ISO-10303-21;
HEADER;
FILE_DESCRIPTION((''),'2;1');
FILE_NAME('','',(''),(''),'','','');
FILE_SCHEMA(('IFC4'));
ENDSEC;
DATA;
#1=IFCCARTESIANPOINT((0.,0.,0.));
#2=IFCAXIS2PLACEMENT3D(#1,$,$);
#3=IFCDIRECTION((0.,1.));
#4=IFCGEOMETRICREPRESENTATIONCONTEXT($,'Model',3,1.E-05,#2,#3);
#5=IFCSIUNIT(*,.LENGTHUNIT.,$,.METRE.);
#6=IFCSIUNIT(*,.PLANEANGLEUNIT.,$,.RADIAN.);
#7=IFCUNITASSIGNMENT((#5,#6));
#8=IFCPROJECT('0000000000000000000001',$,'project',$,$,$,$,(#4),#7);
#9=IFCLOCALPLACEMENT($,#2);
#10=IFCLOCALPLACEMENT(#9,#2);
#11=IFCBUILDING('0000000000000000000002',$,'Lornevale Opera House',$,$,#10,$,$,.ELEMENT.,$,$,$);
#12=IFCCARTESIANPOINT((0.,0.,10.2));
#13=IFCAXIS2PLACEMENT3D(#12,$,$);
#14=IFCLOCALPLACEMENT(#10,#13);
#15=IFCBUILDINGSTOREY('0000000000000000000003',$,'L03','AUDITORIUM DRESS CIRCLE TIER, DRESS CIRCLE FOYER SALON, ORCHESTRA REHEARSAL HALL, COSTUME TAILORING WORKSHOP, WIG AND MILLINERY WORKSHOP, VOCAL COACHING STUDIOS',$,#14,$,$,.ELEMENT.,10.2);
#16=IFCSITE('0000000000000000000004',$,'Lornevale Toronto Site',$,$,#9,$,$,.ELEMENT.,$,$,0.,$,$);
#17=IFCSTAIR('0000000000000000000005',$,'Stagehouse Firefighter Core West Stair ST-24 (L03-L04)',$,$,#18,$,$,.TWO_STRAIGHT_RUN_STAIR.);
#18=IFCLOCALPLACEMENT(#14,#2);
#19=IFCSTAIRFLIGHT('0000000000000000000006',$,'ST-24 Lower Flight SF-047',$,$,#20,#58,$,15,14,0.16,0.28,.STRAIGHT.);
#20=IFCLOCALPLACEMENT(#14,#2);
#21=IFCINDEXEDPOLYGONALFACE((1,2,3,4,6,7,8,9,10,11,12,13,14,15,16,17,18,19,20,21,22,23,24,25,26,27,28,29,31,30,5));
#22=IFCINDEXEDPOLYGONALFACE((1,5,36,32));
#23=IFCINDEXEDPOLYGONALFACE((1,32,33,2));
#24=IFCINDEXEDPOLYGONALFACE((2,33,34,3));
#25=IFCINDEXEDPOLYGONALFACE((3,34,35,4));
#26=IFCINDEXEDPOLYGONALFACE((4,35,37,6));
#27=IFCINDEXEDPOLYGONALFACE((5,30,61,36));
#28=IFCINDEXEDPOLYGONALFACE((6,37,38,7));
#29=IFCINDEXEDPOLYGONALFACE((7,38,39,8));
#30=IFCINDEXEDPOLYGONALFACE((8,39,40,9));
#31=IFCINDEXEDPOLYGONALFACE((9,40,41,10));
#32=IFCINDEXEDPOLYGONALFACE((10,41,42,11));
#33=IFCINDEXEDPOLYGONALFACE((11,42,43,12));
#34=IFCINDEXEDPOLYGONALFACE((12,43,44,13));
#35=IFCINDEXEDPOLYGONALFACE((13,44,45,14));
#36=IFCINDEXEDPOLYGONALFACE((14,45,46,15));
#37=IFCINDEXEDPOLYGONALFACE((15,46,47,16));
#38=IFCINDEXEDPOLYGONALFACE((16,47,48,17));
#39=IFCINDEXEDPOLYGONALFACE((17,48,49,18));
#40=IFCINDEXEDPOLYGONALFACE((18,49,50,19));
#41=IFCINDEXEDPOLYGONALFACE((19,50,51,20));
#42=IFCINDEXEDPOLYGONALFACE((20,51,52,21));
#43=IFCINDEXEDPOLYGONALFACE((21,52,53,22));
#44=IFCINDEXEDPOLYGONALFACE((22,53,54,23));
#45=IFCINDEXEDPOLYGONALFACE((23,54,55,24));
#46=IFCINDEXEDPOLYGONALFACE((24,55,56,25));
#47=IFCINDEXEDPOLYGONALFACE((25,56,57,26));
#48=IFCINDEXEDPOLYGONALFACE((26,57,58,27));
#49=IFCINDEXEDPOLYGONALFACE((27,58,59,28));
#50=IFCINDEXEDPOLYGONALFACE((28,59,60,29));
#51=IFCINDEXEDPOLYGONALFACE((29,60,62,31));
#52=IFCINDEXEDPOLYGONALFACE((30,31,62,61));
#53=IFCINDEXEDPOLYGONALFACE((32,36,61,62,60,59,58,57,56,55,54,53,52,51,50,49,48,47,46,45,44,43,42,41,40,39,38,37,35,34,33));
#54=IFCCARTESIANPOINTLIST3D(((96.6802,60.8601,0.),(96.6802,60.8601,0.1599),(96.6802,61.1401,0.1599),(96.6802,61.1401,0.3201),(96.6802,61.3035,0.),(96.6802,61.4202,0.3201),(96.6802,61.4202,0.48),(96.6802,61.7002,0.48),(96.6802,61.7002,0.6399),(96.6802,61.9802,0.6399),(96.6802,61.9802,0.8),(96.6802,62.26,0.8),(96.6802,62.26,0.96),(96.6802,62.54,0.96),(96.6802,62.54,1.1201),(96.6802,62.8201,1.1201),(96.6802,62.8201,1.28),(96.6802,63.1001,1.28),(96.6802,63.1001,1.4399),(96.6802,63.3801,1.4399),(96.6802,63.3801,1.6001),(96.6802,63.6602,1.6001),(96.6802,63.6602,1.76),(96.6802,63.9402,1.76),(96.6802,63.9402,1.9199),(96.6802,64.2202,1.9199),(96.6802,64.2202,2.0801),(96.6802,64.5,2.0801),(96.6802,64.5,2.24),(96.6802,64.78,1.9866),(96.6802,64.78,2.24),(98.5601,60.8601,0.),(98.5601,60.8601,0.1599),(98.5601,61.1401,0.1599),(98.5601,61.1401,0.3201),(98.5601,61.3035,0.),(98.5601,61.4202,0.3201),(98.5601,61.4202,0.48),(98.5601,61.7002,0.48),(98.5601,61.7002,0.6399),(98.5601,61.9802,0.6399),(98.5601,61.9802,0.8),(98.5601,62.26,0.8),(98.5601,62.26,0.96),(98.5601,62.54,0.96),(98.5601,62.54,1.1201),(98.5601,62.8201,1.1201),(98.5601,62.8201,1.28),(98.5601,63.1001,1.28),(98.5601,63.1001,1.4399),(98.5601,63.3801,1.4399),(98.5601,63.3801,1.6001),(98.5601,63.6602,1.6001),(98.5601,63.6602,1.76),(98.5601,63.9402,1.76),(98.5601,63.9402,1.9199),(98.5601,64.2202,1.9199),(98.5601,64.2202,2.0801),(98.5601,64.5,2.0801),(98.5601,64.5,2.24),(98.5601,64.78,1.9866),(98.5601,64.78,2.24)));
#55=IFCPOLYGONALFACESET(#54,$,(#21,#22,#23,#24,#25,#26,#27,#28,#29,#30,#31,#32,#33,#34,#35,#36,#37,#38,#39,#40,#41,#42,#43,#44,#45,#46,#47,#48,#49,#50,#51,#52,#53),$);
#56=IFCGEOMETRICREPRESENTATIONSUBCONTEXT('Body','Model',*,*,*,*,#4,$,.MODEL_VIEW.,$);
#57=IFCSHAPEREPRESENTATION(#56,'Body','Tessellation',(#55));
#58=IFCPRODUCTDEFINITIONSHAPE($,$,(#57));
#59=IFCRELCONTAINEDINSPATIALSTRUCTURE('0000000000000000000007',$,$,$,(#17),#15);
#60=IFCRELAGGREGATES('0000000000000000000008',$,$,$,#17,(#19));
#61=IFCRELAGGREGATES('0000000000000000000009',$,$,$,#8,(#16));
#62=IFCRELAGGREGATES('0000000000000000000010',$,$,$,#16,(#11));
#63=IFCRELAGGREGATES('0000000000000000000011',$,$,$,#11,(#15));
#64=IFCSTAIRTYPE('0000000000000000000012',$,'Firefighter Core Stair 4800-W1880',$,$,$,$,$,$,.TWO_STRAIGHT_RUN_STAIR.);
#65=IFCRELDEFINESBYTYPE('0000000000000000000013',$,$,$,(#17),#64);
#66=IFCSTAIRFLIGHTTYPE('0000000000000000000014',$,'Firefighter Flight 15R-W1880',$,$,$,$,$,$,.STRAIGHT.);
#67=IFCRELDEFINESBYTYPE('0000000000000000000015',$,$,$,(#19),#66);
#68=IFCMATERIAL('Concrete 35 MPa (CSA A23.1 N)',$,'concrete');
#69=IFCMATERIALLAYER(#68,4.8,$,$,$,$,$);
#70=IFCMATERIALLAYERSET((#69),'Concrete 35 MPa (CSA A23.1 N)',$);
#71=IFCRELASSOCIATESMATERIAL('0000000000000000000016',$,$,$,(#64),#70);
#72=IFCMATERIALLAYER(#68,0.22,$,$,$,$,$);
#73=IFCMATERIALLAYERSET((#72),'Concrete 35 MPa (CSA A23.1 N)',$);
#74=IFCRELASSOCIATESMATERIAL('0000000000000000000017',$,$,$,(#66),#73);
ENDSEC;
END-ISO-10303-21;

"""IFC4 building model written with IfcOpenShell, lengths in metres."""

from ifc_helpers import new_model, si_unit, direction, frame, origin, place, context, subcontext, project, spatial, polyline, outline, extrude, material, layer, layer_set, type_object, element, aggregate, save


model = new_model("IFC4")

# Units and contexts
model_context = context("Model", 3, precision=1e-05, world=origin(), true_north=direction((0.0, 1.0)))
body_context = subcontext(model_context, "Body", "Model", "MODEL_VIEW")
ifc_project = project(units=[si_unit("LENGTHUNIT", "METRE"), si_unit("PLANEANGLEUNIT", "RADIAN")], contexts=[model_context])

# Site, building, storey
site_placement = place(None, origin())
site = spatial("IfcSite", under=ifc_project, at=site_placement, Name="Lornevale Toronto Site", CompositionType="ELEMENT", RefElevation=0.0)
building_placement = place(site_placement, origin())
building = spatial("IfcBuilding", under=site, at=building_placement, Name="Lornevale Opera House", CompositionType="ELEMENT")
storey_placement = place(building_placement, frame((0.0, 0.0, 10.2)))
storey = spatial("IfcBuildingStorey", under=building, at=storey_placement, Name="L03", Description="AUDITORIUM DRESS CIRCLE TIER, DRESS CIRCLE FOYER SALON, ORCHESTRA REHEARSAL HALL, COSTUME TAILORING WORKSHOP, WIG AND MILLINERY WORKSHOP, VOCAL COACHING STUDIOS", CompositionType="ELEMENT", Elevation=10.2)

# Shared definitions
ifc_material_1 = material(Name="Concrete 35 MPa (CSA A23.1 N)", Category="concrete")

# Stair, stair flight
ifc_layer_1 = layer(ifc_material_1, 4.8)
ifc_layer_set_1 = layer_set([ifc_layer_1], Name="Concrete 35 MPa (CSA A23.1 N)")
stair_type = type_object("IfcStairType", Name="Firefighter Core Stair 4800-W1880", PredefinedType="TWO_STRAIGHT_RUN_STAIR", material=ifc_layer_set_1)
stair_placement = place(storey_placement, origin())
stair = element("IfcStair", 1, at=stair_placement, inside=storey, type_object=stair_type, Name="Stagehouse Firefighter Core West Stair ST-24 (L03-L04)", PredefinedType="TWO_STRAIGHT_RUN_STAIR")
ifc_layer_2 = layer(ifc_material_1, 0.22)
ifc_layer_set_2 = layer_set([ifc_layer_2], Name="Concrete 35 MPa (CSA A23.1 N)")
stair_flight_type = type_object("IfcStairFlightType", Name="Firefighter Flight 15R-W1880", PredefinedType="STRAIGHT", material=ifc_layer_set_2)
stair_flight_placement = place(storey_placement, frame((97.6201, 60.8601, 0.0), z_axis=(0.0, 0.0, 1.0), x_axis=(0.0, 1.0, 0.0)))
stair_flight = element("IfcStairFlight", 2, at=stair_flight_placement, type_object=stair_flight_type, Name="ST-24 Lower Flight SF-047", NumberOfRisers=15, NumberOfTreads=14, PredefinedType="STRAIGHT", RiserHeight=0.16, TreadLength=0.28, context=body_context, shape_type="SweptSolid", body=[
    extrude(outline(polyline([(0.0, 0.0), (0.0, 0.1599), (0.28, 0.1599), (0.28, 0.3201), (0.5601, 0.3201), (0.5601, 0.48), (0.8401, 0.48), (0.8401, 0.6399), (1.1201, 0.6399), (1.1201, 0.8), (1.3999, 0.8), (1.3999, 0.96), (1.6799, 0.96), (1.6799, 1.1201), (1.96, 1.1201), (1.96, 1.28), (2.24, 1.28), (2.24, 1.4399), (2.52, 1.4399), (2.52, 1.6001), (2.8, 1.6001), (2.8, 1.76), (3.0801, 1.76), (3.0801, 1.9199), (3.3601, 1.9199), (3.3601, 2.0801), (3.6399, 2.0801), (3.6399, 2.24), (3.9199, 2.24), (3.9199, 1.9866), (0.4434, 0.0), (0.0, 0.0)])), frame((0.0, 0.9399, 0.0), z_axis=(0.0, -1.0, 0.0), x_axis=(1.0, 0.0, 0.0)), (0.0, 0.0, 1.0), 1.8799),
])
aggregate(stair, [stair_flight])

save(model, "model.ifc")
